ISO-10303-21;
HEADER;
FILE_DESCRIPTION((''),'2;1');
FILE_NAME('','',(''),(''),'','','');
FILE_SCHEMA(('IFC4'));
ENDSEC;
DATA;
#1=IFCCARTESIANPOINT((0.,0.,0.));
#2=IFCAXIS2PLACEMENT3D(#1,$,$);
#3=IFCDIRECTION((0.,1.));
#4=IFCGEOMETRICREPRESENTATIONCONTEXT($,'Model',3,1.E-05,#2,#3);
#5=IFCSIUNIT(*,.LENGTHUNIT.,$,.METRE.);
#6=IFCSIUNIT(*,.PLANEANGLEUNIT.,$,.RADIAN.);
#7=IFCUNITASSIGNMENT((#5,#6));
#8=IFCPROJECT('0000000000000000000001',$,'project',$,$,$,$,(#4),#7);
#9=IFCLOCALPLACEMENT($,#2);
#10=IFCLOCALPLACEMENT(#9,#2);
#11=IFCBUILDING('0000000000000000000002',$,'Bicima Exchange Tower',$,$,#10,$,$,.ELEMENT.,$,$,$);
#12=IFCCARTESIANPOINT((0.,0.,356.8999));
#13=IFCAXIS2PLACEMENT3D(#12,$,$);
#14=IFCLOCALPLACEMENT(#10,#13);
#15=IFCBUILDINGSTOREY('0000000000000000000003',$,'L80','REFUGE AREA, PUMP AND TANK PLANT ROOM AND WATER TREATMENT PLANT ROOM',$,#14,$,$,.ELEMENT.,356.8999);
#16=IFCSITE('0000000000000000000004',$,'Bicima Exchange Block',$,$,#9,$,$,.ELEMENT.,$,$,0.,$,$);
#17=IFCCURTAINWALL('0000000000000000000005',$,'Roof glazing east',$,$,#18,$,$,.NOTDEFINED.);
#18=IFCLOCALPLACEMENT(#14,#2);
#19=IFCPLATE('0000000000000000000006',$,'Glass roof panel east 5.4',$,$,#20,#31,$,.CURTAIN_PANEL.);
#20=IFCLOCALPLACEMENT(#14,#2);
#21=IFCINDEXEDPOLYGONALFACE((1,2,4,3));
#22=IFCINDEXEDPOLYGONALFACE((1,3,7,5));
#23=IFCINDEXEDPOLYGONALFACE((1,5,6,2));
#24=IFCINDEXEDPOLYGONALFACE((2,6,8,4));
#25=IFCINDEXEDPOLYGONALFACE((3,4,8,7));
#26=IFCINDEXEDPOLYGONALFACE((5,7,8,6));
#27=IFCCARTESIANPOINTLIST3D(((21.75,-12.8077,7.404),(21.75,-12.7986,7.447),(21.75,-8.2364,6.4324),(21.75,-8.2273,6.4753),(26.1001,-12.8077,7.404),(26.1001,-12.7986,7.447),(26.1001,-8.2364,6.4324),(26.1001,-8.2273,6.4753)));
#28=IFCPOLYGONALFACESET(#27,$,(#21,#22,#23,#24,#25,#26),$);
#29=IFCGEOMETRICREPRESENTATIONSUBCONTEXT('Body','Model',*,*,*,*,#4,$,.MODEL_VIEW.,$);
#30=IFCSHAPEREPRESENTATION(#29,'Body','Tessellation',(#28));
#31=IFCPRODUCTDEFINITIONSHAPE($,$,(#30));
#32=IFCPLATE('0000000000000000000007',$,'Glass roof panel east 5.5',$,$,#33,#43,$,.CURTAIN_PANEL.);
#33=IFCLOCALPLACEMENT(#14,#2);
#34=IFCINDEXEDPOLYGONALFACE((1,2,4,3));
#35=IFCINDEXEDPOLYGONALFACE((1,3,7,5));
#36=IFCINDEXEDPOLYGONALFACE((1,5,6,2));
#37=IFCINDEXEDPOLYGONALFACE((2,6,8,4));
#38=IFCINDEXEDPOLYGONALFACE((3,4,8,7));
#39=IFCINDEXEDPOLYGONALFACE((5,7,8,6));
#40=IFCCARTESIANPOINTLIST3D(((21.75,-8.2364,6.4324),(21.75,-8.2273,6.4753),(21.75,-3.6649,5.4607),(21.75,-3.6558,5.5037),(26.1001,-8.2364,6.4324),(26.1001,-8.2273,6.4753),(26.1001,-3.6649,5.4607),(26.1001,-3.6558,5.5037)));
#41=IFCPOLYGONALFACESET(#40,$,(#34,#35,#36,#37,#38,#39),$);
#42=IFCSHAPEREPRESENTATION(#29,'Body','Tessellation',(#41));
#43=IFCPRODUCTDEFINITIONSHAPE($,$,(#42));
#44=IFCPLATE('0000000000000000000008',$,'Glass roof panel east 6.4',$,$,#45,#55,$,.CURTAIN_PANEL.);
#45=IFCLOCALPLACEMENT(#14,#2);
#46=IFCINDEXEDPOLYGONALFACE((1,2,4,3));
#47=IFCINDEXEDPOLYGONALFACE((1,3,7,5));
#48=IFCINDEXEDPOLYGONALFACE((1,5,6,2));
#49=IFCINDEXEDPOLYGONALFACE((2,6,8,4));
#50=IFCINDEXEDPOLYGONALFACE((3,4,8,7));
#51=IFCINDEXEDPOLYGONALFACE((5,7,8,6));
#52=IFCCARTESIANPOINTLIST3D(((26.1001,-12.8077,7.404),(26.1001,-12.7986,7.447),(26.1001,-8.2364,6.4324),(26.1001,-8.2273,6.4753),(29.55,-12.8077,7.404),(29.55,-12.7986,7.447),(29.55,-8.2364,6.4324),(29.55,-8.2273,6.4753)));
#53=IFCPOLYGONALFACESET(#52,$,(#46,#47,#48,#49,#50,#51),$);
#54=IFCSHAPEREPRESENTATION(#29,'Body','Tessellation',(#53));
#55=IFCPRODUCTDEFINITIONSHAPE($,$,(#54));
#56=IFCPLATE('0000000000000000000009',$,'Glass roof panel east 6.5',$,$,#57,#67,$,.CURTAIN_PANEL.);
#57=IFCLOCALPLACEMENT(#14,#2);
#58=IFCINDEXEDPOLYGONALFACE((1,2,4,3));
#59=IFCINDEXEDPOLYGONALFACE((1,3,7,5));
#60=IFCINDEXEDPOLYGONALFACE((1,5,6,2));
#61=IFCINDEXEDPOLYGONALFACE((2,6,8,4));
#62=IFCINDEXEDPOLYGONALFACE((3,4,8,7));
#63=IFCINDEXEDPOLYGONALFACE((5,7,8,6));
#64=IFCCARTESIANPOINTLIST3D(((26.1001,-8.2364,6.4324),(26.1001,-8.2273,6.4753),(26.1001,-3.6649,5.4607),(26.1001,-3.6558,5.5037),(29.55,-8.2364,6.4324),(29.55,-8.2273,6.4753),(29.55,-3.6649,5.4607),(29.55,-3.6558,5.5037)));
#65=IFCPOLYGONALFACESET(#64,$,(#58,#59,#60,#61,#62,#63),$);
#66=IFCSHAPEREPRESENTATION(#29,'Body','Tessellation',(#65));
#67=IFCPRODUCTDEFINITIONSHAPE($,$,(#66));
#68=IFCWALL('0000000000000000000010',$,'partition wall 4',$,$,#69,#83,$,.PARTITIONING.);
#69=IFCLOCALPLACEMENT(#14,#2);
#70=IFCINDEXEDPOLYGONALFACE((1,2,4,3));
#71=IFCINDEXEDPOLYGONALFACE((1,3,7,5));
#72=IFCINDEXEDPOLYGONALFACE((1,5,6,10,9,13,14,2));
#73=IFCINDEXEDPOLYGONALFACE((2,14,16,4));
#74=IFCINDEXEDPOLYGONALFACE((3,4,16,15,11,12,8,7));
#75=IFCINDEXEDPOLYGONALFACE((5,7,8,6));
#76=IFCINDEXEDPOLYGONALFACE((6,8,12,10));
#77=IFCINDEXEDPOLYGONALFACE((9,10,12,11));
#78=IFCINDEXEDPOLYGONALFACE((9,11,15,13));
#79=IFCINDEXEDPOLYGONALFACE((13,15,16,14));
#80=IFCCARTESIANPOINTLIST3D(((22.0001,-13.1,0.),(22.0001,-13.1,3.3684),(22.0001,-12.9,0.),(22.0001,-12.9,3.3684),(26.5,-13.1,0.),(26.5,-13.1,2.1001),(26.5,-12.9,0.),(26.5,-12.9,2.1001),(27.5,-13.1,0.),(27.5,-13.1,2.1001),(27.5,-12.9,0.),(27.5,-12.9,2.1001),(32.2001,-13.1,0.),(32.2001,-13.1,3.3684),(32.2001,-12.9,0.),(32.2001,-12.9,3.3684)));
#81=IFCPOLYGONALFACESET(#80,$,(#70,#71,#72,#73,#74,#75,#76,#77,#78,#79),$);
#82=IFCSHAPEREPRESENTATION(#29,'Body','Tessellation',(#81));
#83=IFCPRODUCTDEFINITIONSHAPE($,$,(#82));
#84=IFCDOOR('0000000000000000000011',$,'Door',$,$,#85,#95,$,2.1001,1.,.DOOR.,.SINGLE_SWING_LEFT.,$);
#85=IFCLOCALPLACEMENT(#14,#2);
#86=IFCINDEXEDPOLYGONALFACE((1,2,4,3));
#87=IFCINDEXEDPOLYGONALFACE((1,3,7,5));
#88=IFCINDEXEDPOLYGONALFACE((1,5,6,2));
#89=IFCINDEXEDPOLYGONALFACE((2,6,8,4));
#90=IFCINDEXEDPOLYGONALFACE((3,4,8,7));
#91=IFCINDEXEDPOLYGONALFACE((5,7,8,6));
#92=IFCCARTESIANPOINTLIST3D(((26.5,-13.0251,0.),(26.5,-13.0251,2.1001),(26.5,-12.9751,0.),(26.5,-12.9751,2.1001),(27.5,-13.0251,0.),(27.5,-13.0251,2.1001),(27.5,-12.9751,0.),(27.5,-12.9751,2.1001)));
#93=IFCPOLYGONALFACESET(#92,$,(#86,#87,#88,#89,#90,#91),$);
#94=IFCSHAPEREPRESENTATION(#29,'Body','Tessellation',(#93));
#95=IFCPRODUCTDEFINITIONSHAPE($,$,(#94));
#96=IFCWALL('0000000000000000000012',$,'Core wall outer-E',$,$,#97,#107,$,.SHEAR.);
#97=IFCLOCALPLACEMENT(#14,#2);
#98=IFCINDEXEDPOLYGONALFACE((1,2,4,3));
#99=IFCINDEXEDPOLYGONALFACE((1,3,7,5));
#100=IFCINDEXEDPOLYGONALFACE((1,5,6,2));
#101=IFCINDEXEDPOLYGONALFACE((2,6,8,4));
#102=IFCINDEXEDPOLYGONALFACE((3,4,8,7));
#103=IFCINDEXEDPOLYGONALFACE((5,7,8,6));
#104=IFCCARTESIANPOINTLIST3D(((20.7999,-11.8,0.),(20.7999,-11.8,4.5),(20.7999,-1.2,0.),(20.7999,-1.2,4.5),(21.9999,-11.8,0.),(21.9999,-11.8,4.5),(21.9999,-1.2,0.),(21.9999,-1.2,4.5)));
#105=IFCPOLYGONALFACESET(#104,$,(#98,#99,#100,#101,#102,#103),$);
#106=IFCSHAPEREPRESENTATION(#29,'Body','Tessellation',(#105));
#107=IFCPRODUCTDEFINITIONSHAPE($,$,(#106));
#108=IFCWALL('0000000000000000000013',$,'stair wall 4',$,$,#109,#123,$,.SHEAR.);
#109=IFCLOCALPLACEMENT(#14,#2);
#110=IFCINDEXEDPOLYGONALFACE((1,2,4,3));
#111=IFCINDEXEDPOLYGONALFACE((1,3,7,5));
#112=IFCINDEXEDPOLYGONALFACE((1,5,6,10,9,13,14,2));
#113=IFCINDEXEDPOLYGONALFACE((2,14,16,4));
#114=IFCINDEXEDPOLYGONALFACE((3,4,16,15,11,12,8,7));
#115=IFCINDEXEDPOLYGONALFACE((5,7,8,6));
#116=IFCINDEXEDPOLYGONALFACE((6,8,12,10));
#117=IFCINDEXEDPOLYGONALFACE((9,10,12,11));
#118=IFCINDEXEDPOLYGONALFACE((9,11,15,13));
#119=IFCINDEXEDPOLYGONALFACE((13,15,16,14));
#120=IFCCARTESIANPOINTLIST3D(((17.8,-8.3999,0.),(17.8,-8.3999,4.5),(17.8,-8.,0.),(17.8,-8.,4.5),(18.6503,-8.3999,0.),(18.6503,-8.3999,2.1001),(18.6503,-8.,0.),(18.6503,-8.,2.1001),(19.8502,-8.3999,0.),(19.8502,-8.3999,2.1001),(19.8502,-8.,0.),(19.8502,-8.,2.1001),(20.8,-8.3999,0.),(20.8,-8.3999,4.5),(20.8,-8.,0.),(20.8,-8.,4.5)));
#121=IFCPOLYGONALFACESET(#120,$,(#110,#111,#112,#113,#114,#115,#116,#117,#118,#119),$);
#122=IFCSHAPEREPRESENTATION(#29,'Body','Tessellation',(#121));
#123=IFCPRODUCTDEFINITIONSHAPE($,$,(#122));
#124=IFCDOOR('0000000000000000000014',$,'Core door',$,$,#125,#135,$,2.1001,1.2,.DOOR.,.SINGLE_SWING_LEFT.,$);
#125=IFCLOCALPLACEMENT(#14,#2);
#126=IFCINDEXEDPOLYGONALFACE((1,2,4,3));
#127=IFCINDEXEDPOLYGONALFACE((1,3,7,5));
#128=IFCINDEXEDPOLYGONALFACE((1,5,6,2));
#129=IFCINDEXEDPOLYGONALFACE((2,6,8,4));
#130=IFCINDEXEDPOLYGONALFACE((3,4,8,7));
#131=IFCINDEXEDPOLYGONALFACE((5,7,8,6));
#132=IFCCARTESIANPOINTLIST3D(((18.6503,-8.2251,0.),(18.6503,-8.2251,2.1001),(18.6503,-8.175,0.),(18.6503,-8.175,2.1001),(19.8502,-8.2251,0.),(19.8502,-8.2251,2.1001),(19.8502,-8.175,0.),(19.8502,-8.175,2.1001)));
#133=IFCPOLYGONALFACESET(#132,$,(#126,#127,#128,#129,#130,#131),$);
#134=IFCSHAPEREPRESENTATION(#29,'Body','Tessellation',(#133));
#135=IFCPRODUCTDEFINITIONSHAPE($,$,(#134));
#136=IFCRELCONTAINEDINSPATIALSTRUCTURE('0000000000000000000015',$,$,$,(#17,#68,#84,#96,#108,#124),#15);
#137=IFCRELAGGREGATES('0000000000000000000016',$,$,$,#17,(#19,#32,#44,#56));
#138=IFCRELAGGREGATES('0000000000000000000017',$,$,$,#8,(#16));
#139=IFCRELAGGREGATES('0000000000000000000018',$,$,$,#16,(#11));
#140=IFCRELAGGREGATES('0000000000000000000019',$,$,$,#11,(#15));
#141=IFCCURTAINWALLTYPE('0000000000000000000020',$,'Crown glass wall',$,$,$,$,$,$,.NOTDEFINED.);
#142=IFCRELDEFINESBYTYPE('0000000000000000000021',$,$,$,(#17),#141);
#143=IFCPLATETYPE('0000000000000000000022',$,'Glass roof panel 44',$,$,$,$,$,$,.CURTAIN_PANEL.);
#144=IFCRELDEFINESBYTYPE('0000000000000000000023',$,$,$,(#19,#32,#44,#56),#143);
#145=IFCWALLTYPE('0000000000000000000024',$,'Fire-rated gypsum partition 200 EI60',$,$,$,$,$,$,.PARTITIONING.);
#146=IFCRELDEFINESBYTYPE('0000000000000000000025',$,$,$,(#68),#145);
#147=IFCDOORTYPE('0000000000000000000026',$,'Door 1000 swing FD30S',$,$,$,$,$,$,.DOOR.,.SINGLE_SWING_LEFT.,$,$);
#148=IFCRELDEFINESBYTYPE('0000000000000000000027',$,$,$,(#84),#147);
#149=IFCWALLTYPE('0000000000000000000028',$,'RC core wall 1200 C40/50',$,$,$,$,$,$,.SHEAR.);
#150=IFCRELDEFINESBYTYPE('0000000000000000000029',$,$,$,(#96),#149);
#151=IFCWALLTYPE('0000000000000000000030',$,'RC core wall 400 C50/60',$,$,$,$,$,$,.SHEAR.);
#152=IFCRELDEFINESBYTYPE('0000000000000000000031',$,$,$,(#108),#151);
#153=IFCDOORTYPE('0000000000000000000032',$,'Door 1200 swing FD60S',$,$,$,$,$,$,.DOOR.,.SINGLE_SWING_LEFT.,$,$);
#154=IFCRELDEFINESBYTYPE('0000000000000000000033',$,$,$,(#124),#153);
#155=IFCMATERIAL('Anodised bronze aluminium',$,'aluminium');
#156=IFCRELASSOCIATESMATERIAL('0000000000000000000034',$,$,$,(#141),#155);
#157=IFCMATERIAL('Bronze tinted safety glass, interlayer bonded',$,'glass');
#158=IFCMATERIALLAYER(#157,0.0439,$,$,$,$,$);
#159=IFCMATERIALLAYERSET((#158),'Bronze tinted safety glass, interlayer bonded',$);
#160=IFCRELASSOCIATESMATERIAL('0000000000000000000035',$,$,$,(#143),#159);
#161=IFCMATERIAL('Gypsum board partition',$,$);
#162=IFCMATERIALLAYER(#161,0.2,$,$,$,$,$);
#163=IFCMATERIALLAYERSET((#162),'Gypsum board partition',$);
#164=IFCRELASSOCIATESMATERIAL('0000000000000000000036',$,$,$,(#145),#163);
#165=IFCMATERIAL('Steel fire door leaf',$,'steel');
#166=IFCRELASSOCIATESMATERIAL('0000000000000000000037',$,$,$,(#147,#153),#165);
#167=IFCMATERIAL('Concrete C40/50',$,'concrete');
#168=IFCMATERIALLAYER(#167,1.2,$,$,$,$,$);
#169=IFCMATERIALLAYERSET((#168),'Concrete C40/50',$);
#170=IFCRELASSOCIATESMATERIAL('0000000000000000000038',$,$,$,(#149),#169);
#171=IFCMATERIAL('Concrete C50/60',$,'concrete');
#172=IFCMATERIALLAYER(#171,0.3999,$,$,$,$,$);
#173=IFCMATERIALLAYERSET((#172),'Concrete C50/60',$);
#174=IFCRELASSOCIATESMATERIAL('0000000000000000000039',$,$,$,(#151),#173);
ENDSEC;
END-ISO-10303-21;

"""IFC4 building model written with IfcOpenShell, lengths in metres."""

from ifc_helpers import new_model, si_unit, direction, frame, frame_2d, origin, place, context, subcontext, project, spatial, polyline, rectangle, outline, extrude, material, layer, layer_set, type_object, element, fill, aggregate, save


model = new_model("IFC4")

# Units and contexts
model_context = context("Model", 3, precision=1e-05, world=origin(), true_north=direction((0.0, 1.0)))
body_context = subcontext(model_context, "Body", "Model", "MODEL_VIEW")
ifc_project = project(units=[si_unit("LENGTHUNIT", "METRE"), si_unit("PLANEANGLEUNIT", "RADIAN")], contexts=[model_context])

# Site, building, storey
site_placement = place(None, origin())
site = spatial("IfcSite", under=ifc_project, at=site_placement, Name="Bicima Exchange Block", CompositionType="ELEMENT", RefElevation=0.0)
building_placement = place(site_placement, origin())
building = spatial("IfcBuilding", under=site, at=building_placement, Name="Bicima Exchange Tower", CompositionType="ELEMENT")
storey_placement = place(building_placement, frame((0.0, 0.0, 356.8999)))
storey = spatial("IfcBuildingStorey", under=building, at=storey_placement, Name="L80", Description="REFUGE AREA, PUMP AND TANK PLANT ROOM AND WATER TREATMENT PLANT ROOM", CompositionType="ELEMENT", Elevation=356.8999)

# Shared definitions
ifc_material_1 = material(Name="Anodised bronze aluminium", Category="aluminium")
curtain_wall_type = type_object("IfcCurtainWallType", Name="Crown glass wall", PredefinedType="NOTDEFINED", material=ifc_material_1)

# Curtain wall
curtain_wall_1_placement = place(storey_placement, origin())
curtain_wall_1 = element("IfcCurtainWall", 1, at=curtain_wall_1_placement, inside=storey, type_object=curtain_wall_type, Name="Roof glazing east", PredefinedType="NOTDEFINED")

# Plates
ifc_material_2 = material(Name="Bronze tinted safety glass, interlayer bonded", Category="glass")
ifc_layer_1 = layer(ifc_material_2, 0.0439)
ifc_layer_set_1 = layer_set([ifc_layer_1], Name="Bronze tinted safety glass, interlayer bonded")
plate_type_1 = type_object("IfcPlateType", Name="Glass roof panel 44", PredefinedType="CURTAIN_PANEL", material=ifc_layer_set_1)
plate_1_placement = place(storey_placement, frame((21.75, -12.7986, 7.447), z_axis=(0.0, 0.207916, 0.978147), x_axis=(0.0, 0.978147, -0.207916)))
plate_1 = element("IfcPlate", 2, at=plate_1_placement, type_object=plate_type_1, Name="Glass roof panel east 5.4", PredefinedType="CURTAIN_PANEL", context=body_context, shape_type="SweptSolid", body=[
    extrude(outline(polyline([(0.0, 0.0), (4.6734, 0.0), (4.6734, -4.3501), (0.0, -4.3501), (0.0, 0.0)])), origin(), (0.0, 0.0, -1.0), 0.0439),
])
plate_2_placement = place(storey_placement, frame((21.75, -8.2273, 6.4753), z_axis=(0.0, 0.207906, 0.978149), x_axis=(0.0, 0.978149, -0.207906)))
plate_2 = element("IfcPlate", 3, at=plate_2_placement, type_object=plate_type_1, Name="Glass roof panel east 5.5", PredefinedType="CURTAIN_PANEL", context=body_context, shape_type="SweptSolid", body=[
    extrude(outline(polyline([(0.0, 0.0), (4.6737, 0.0), (4.6737, -4.3501), (0.0, -4.3501), (0.0, 0.0)])), origin(), (0.0, 0.0, -1.0), 0.0439),
])
plate_3_placement = place(storey_placement, frame((26.1001, -12.7986, 7.447), z_axis=(0.0, 0.207916, 0.978147), x_axis=(0.0, 0.978147, -0.207916)))
plate_3 = element("IfcPlate", 4, at=plate_3_placement, type_object=plate_type_1, Name="Glass roof panel east 6.4", PredefinedType="CURTAIN_PANEL", context=body_context, shape_type="SweptSolid", body=[
    extrude(outline(polyline([(0.0, 0.0), (4.6734, 0.0), (4.6734, -3.45), (0.0, -3.45), (0.0, 0.0)])), origin(), (0.0, 0.0, -1.0), 0.0439),
])
plate_4_placement = place(storey_placement, frame((26.1001, -8.2273, 6.4753), z_axis=(0.0, 0.207906, 0.978149), x_axis=(0.0, 0.978149, -0.207906)))
plate_4 = element("IfcPlate", 5, at=plate_4_placement, type_object=plate_type_1, Name="Glass roof panel east 6.5", PredefinedType="CURTAIN_PANEL", context=body_context, shape_type="SweptSolid", body=[
    extrude(outline(polyline([(0.0, 0.0), (4.6737, 0.0), (4.6737, -3.45), (0.0, -3.45), (0.0, 0.0)])), origin(), (0.0, 0.0, -1.0), 0.0439),
])
aggregate(curtain_wall_1, [plate_1, plate_2, plate_3, plate_4])

# Wall, opening, door
ifc_material_3 = material(Name="Gypsum board partition")
ifc_layer_2 = layer(ifc_material_3, 0.2)
ifc_layer_set_2 = layer_set([ifc_layer_2], Name="Gypsum board partition")
wall_type_1 = type_object("IfcWallType", Name="Fire-rated gypsum partition 200 EI60", PredefinedType="PARTITIONING", material=ifc_layer_set_2)
wall_1_placement = place(storey_placement, frame((22.0, -13.0, 0.0), z_axis=(0.0, 0.0, 1.0), x_axis=(1.0, 0.0, 0.0)))
wall_1 = element("IfcWall", 6, at=wall_1_placement, inside=storey, type_object=wall_type_1, Name="partition wall 4", PredefinedType="PARTITIONING", context=body_context, shape_type="SweptSolid", body=[
    extrude(rectangle(XDim=10.2, YDim=0.2, at=frame_2d((5.1001, 0.0))), origin(), (0.0, 0.0, 1.0), 3.3684),
])
opening_1_placement = place(wall_1_placement, frame((4.5, 0.0, 0.0)))
opening_1 = element("IfcOpeningElement", 7, at=opening_1_placement, cuts=wall_1, PredefinedType="OPENING", context=body_context, shape_type="SweptSolid", body=[
    extrude(rectangle(XDim=1.0, YDim=2.1001, at=frame_2d((0.5, 1.05))), frame((0.0, 0.1118, 0.0), z_axis=(0.0, -1.0, 0.0), x_axis=(1.0, 0.0, 0.0)), (0.0, 0.0, 1.0), 0.2239),
])
ifc_material_4 = material(Name="Steel fire door leaf", Category="steel")
door_type_1 = type_object("IfcDoorType", Name="Door 1000 swing FD30S", OperationType="SINGLE_SWING_LEFT", PredefinedType="DOOR", material=ifc_material_4)
door_1_placement = place(opening_1_placement, origin())
door_1 = element("IfcDoor", 8, at=door_1_placement, inside=storey, type_object=door_type_1, Name="Door", OperationType="SINGLE_SWING_LEFT", OverallHeight=2.1001, OverallWidth=1.0, PredefinedType="DOOR", context=body_context, shape_type="SweptSolid", body=[
    extrude(rectangle(XDim=1.0, YDim=2.1001, at=frame_2d((0.5, 1.05))), frame((0.0, 0.0249, 0.0), z_axis=(0.0, -1.0, 0.0), x_axis=(1.0, 0.0, 0.0)), (0.0, 0.0, 1.0), 0.05),
])
fill(opening_1, door_1)

# Wall
ifc_material_5 = material(Name="Concrete C40/50", Category="concrete")
ifc_layer_3 = layer(ifc_material_5, 1.2)
ifc_layer_set_3 = layer_set([ifc_layer_3], Name="Concrete C40/50")
wall_type_2 = type_object("IfcWallType", Name="RC core wall 1200 C40/50", PredefinedType="SHEAR", material=ifc_layer_set_3)
wall_2_placement = place(storey_placement, frame((21.3999, -11.8, 0.0), z_axis=(0.0, 0.0, 1.0), x_axis=(0.0, 1.0, 0.0)))
element("IfcWall", 9, at=wall_2_placement, inside=storey, type_object=wall_type_2, Name="Core wall outer-E", PredefinedType="SHEAR", context=body_context, shape_type="SweptSolid", body=[
    extrude(rectangle(XDim=10.6001, YDim=1.2, at=frame_2d((5.3, 0.0))), origin(), (0.0, 0.0, 1.0), 4.5),
])

# Wall, opening, door
ifc_material_6 = material(Name="Concrete C50/60", Category="concrete")
ifc_layer_4 = layer(ifc_material_6, 0.3999)
ifc_layer_set_4 = layer_set([ifc_layer_4], Name="Concrete C50/60")
wall_type_3 = type_object("IfcWallType", Name="RC core wall 400 C50/60", PredefinedType="SHEAR", material=ifc_layer_set_4)
wall_3_placement = place(storey_placement, frame((17.8, -8.2, 0.0), z_axis=(0.0, 0.0, 1.0), x_axis=(1.0, 0.0, 0.0)))
wall_3 = element("IfcWall", 10, at=wall_3_placement, inside=storey, type_object=wall_type_3, Name="stair wall 4", PredefinedType="SHEAR", context=body_context, shape_type="SweptSolid", body=[
    extrude(rectangle(XDim=3.0, YDim=0.3999, at=frame_2d((1.5, 0.0))), origin(), (0.0, 0.0, 1.0), 4.5),
])
opening_2_placement = place(wall_3_placement, frame((0.8501, 0.0, 0.0)))
opening_2 = element("IfcOpeningElement", 11, at=opening_2_placement, cuts=wall_3, PredefinedType="OPENING", context=body_context, shape_type="SweptSolid", body=[
    extrude(rectangle(XDim=1.2, YDim=2.1001, at=frame_2d((0.6001, 1.05))), frame((0.0, 0.2119, 0.0), z_axis=(0.0, -1.0, 0.0), x_axis=(1.0, 0.0, 0.0)), (0.0, 0.0, 1.0), 0.4238),
])
door_type_2 = type_object("IfcDoorType", Name="Door 1200 swing FD60S", OperationType="SINGLE_SWING_LEFT", PredefinedType="DOOR", material=ifc_material_4)
door_2_placement = place(opening_2_placement, origin())
door_2 = element("IfcDoor", 12, at=door_2_placement, inside=storey, type_object=door_type_2, Name="Core door", OperationType="SINGLE_SWING_LEFT", OverallHeight=2.1001, OverallWidth=1.2, PredefinedType="DOOR", context=body_context, shape_type="SweptSolid", body=[
    extrude(rectangle(XDim=1.2, YDim=2.1001, at=frame_2d((0.6001, 1.05))), frame((0.0, 0.0249, 0.0), z_axis=(0.0, -1.0, 0.0), x_axis=(1.0, 0.0, 0.0)), (0.0, 0.0, 1.0), 0.05),
])
fill(opening_2, door_2)

save(model, "model.ifc")
